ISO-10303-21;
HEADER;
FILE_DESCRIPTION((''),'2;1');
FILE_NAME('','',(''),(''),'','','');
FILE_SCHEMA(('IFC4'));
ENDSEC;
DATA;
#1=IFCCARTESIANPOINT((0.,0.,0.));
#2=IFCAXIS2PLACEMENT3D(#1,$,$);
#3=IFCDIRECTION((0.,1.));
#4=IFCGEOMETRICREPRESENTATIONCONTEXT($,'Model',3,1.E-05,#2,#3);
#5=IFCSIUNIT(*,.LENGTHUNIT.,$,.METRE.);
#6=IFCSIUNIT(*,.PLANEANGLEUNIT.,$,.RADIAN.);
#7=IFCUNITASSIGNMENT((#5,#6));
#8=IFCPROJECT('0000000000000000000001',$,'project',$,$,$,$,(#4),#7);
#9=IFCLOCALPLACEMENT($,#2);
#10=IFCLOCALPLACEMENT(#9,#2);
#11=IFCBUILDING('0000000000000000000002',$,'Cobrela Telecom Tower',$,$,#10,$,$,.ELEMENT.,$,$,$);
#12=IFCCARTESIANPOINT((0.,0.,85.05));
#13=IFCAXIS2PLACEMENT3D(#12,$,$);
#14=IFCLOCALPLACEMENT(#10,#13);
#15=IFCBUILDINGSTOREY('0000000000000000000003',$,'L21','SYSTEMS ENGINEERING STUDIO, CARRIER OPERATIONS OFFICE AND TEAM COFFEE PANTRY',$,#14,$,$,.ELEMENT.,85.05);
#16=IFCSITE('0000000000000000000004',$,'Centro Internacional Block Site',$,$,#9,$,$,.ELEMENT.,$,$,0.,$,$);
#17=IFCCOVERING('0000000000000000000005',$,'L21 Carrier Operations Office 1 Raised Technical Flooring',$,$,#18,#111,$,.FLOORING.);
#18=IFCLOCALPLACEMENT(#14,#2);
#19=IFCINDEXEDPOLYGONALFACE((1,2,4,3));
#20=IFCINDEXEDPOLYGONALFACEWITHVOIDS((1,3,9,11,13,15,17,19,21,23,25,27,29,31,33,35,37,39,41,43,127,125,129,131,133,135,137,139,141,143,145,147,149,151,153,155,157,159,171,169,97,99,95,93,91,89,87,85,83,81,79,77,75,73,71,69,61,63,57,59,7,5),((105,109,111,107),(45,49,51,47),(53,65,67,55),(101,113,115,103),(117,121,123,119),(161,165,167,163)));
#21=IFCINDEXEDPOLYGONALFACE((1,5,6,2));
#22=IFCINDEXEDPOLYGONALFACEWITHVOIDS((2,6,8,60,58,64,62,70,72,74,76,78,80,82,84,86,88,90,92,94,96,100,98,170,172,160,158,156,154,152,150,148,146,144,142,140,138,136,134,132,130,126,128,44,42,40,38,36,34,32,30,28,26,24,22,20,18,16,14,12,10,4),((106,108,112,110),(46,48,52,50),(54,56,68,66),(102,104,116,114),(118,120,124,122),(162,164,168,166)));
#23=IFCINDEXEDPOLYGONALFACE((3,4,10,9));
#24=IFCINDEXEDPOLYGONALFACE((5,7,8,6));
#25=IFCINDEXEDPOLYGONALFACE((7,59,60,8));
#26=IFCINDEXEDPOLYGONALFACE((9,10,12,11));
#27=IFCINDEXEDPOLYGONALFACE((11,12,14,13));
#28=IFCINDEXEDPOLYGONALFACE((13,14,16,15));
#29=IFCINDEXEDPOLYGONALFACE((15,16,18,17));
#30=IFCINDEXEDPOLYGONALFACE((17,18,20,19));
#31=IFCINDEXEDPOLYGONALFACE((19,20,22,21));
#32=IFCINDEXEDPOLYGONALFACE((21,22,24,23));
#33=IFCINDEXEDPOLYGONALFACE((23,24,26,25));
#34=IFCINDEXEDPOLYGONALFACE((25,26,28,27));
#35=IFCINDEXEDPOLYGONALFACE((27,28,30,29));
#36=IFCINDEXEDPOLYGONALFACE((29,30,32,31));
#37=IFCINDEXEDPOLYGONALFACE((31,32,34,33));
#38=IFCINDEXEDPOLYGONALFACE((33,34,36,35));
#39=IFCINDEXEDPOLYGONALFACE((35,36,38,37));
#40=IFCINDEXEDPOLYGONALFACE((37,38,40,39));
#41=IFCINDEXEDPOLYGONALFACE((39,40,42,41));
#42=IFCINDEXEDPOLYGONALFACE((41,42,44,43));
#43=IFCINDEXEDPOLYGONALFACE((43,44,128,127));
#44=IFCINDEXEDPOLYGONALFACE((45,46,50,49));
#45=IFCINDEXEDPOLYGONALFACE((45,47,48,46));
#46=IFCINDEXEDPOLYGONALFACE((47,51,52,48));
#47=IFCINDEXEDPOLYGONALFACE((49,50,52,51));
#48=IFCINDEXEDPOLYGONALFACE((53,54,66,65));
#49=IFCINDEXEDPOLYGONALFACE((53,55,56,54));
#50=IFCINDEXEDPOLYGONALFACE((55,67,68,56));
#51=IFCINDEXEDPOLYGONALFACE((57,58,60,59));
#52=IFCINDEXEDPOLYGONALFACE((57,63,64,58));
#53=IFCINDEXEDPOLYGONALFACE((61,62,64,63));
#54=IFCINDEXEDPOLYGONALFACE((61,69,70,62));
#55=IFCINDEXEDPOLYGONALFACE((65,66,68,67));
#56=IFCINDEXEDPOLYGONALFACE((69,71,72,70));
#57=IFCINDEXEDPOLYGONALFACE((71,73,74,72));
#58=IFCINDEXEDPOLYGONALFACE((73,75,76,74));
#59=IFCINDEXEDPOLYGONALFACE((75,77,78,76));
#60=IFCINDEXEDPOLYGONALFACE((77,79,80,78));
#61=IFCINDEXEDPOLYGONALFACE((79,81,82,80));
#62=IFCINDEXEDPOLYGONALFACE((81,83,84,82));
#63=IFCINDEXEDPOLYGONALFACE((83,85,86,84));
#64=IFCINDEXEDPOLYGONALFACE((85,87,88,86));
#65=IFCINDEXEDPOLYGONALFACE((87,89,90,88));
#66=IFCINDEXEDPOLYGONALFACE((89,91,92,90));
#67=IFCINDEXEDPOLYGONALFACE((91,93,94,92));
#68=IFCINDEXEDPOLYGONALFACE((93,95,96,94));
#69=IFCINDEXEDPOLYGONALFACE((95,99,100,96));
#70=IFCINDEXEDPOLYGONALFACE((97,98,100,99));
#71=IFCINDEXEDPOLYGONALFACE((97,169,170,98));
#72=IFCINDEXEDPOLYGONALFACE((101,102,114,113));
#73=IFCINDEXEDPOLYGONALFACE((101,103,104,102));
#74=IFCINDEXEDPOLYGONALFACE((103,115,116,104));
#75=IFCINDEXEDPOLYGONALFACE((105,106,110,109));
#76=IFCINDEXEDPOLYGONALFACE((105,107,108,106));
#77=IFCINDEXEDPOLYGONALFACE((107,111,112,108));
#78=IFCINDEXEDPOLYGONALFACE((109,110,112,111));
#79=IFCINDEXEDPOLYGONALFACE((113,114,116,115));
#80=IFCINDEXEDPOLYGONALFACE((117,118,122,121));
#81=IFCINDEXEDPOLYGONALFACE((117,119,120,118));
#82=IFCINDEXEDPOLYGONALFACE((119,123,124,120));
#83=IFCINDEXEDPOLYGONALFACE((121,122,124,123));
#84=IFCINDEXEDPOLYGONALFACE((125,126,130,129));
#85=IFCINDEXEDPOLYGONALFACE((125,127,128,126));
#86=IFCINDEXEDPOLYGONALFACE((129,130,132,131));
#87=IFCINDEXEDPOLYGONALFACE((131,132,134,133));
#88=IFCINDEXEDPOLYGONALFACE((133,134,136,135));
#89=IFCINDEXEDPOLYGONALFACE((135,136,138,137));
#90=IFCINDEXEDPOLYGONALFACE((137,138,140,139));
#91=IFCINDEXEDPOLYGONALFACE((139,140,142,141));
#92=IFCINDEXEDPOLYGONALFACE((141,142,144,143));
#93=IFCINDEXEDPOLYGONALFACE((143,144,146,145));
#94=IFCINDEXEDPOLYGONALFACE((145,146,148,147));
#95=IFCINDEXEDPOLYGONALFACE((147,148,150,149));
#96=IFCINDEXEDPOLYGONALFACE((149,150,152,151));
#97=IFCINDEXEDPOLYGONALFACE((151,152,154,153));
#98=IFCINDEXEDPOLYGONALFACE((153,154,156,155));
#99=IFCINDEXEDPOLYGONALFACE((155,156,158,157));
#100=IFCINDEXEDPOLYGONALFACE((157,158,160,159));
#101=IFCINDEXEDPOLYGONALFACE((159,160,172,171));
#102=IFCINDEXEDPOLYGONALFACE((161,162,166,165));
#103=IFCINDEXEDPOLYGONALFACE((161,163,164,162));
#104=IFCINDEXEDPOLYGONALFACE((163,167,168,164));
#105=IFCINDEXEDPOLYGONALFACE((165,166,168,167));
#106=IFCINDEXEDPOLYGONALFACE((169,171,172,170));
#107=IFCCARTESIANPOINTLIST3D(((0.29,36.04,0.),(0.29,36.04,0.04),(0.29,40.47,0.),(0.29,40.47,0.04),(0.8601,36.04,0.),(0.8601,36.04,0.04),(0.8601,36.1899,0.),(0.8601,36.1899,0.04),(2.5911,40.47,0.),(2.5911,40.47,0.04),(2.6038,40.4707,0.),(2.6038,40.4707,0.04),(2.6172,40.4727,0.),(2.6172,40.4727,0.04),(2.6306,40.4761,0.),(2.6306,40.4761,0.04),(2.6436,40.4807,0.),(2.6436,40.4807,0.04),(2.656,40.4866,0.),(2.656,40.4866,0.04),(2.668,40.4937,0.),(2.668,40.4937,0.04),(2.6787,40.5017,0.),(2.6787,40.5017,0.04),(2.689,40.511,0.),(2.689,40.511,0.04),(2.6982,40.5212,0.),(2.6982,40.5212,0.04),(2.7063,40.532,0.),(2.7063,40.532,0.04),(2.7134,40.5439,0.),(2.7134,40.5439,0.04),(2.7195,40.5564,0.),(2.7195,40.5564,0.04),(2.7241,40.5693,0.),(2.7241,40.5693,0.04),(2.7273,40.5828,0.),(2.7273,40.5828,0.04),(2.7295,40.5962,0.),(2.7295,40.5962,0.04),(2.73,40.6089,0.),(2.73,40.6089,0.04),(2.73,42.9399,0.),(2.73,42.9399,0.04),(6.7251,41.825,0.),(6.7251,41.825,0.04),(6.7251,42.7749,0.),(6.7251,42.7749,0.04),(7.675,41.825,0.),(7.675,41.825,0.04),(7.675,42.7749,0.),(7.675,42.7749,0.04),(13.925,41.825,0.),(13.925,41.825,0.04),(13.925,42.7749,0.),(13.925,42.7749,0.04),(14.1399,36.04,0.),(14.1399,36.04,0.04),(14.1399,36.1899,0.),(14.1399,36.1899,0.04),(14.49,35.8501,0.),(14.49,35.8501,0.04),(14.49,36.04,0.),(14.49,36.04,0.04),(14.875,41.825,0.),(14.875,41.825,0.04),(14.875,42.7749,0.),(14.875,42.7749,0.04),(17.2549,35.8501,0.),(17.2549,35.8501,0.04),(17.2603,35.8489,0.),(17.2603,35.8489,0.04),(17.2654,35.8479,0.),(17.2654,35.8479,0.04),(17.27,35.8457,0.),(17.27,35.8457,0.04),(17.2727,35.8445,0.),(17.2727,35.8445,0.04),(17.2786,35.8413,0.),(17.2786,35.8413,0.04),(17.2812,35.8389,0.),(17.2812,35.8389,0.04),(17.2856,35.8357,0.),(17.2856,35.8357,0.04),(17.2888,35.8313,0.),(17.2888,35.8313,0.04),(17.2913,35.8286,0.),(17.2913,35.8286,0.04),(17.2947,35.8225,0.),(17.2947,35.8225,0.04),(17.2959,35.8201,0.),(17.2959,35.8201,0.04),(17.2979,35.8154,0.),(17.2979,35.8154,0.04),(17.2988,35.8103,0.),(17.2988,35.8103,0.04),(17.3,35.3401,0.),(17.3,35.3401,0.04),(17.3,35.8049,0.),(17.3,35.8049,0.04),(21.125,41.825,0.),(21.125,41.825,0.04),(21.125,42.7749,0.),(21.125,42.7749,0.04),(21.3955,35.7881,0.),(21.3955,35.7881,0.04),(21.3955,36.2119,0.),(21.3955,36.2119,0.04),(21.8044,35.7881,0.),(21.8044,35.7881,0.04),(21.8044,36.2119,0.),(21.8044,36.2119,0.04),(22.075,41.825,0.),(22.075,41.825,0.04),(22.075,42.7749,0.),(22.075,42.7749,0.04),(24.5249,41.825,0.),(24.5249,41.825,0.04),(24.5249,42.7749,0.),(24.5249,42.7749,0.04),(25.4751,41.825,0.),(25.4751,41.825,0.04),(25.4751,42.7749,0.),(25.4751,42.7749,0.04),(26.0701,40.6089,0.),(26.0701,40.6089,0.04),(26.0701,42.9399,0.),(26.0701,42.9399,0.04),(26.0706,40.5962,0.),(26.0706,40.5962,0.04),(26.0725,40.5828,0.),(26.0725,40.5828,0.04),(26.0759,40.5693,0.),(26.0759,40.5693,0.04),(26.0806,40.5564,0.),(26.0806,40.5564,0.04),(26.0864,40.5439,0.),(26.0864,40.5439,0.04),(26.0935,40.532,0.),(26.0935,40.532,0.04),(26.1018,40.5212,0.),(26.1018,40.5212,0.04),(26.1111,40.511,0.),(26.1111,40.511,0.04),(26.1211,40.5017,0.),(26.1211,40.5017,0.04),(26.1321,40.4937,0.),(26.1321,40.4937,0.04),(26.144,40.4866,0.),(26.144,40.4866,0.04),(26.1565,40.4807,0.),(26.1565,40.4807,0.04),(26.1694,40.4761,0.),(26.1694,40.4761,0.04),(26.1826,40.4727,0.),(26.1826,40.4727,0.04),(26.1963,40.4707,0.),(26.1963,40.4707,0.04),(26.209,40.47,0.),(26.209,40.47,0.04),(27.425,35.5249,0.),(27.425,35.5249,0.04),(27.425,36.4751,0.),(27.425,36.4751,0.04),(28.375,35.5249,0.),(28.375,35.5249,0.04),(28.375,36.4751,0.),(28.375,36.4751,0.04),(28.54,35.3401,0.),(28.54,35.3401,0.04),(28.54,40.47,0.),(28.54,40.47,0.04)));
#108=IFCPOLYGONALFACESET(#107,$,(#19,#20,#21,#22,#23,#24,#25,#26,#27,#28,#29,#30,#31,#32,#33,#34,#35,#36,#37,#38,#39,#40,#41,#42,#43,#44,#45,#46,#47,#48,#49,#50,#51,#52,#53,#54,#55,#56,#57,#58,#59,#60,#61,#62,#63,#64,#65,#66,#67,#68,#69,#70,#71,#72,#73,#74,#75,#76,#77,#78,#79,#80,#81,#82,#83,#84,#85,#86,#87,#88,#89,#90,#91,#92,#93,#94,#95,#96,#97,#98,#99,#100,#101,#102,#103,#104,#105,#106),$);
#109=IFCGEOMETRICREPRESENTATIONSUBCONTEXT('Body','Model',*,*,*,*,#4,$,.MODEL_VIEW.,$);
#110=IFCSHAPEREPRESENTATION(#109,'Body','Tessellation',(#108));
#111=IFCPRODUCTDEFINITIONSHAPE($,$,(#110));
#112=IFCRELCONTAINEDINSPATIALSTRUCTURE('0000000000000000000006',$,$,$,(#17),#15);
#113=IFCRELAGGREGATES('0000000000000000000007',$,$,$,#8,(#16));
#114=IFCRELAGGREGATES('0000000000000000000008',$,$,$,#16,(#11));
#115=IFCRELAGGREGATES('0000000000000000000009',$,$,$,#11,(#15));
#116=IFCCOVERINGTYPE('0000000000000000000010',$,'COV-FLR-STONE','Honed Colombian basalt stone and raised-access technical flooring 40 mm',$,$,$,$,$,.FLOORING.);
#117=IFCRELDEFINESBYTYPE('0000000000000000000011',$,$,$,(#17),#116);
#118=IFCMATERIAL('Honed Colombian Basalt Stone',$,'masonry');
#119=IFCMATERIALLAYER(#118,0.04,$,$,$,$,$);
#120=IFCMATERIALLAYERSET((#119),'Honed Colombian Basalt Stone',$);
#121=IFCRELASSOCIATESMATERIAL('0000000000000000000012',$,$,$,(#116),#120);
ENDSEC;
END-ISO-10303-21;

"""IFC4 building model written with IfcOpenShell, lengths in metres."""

from ifc_helpers import new_model, si_unit, direction, frame, origin, place, context, subcontext, project, spatial, polyline, outline, extrude, material, layer, layer_set, type_object, element, save


model = new_model("IFC4")

# Units and contexts
model_context = context("Model", 3, precision=1e-05, world=origin(), true_north=direction((0.0, 1.0)))
body_context = subcontext(model_context, "Body", "Model", "MODEL_VIEW")
ifc_project = project(units=[si_unit("LENGTHUNIT", "METRE"), si_unit("PLANEANGLEUNIT", "RADIAN")], contexts=[model_context])

# Site, building, storey
site_placement = place(None, origin())
site = spatial("IfcSite", under=ifc_project, at=site_placement, Name="Centro Internacional Block Site", CompositionType="ELEMENT", RefElevation=0.0)
building_placement = place(site_placement, origin())
building = spatial("IfcBuilding", under=site, at=building_placement, Name="Cobrela Telecom Tower", CompositionType="ELEMENT")
storey_placement = place(building_placement, frame((0.0, 0.0, 85.05)))
storey = spatial("IfcBuildingStorey", under=building, at=storey_placement, Name="L21", Description="SYSTEMS ENGINEERING STUDIO, CARRIER OPERATIONS OFFICE AND TEAM COFFEE PANTRY", CompositionType="ELEMENT", Elevation=85.05)

# Covering
ifc_material_1 = material(Name="Honed Colombian Basalt Stone", Category="masonry")
ifc_layer_1 = layer(ifc_material_1, 0.04)
ifc_layer_set_1 = layer_set([ifc_layer_1], Name="Honed Colombian Basalt Stone")
covering_type_1 = type_object("IfcCoveringType", Name="COV-FLR-STONE", Description="Honed Colombian basalt stone and raised-access technical flooring 40 mm", PredefinedType="FLOORING", material=ifc_layer_set_1)
covering_1_placement = place(storey_placement, origin())
element("IfcCovering", 1, at=covering_1_placement, inside=storey, type_object=covering_type_1, Name="L21 Carrier Operations Office 1 Raised Technical Flooring", PredefinedType="FLOORING", context=body_context, shape_type="SweptSolid", body=[
    extrude(outline(polyline([(14.1399, 36.1899), (0.8601, 36.1899), (0.8601, 36.04), (0.29, 36.04), (0.29, 40.47), (2.5911, 40.47), (2.6038, 40.4707), (2.6172, 40.4727), (2.6306, 40.4761), (2.6436, 40.4807), (2.656, 40.4866), (2.668, 40.4937), (2.6787, 40.5017), (2.689, 40.511), (2.6982, 40.5212), (2.7063, 40.532), (2.7134, 40.5439), (2.7195, 40.5564), (2.7241, 40.5693), (2.7273, 40.5828), (2.7295, 40.5962), (2.73, 40.6089), (2.73, 42.9399), (26.0701, 42.9399), (26.0701, 40.6089), (26.0706, 40.5962), (26.0725, 40.5828), (26.0759, 40.5693), (26.0806, 40.5564), (26.0864, 40.5439), (26.0935, 40.532), (26.1018, 40.5212), (26.1111, 40.511), (26.1211, 40.5017), (26.1321, 40.4937), (26.144, 40.4866), (26.1565, 40.4807), (26.1694, 40.4761), (26.1826, 40.4727), (26.1963, 40.4707), (26.209, 40.47), (28.54, 40.47), (28.54, 35.3401), (17.3, 35.3401), (17.3, 35.8049), (17.2988, 35.8103), (17.2979, 35.8154), (17.2959, 35.8201), (17.2947, 35.8225), (17.2913, 35.8286), (17.2888, 35.8313), (17.2856, 35.8357), (17.2812, 35.8389), (17.2786, 35.8413), (17.2727, 35.8445), (17.27, 35.8457), (17.2654, 35.8479), (17.2603, 35.8489), (17.2549, 35.8501), (14.49, 35.8501), (14.49, 36.04), (14.1399, 36.04), (14.1399, 36.1899)]), holes=[polyline([(21.8044, 35.7881), (21.8044, 36.2119), (21.3955, 36.2119), (21.3955, 35.7881), (21.8044, 35.7881)]), polyline([(28.375, 35.5249), (28.375, 36.4751), (27.425, 36.4751), (27.425, 35.5249), (28.375, 35.5249)]), polyline([(7.675, 41.825), (7.675, 42.7749), (6.7251, 42.7749), (6.7251, 41.825), (7.675, 41.825)]), polyline([(14.875, 41.825), (14.875, 42.7749), (13.925, 42.7749), (13.925, 41.825), (14.875, 41.825)]), polyline([(22.075, 41.825), (22.075, 42.7749), (21.125, 42.7749), (21.125, 41.825), (22.075, 41.825)]), polyline([(25.4751, 42.7749), (24.5249, 42.7749), (24.5249, 41.825), (25.4751, 41.825), (25.4751, 42.7749)])]), origin(), (0.0, 0.0, 1.0), 0.04),
])

save(model, "model.ifc")
